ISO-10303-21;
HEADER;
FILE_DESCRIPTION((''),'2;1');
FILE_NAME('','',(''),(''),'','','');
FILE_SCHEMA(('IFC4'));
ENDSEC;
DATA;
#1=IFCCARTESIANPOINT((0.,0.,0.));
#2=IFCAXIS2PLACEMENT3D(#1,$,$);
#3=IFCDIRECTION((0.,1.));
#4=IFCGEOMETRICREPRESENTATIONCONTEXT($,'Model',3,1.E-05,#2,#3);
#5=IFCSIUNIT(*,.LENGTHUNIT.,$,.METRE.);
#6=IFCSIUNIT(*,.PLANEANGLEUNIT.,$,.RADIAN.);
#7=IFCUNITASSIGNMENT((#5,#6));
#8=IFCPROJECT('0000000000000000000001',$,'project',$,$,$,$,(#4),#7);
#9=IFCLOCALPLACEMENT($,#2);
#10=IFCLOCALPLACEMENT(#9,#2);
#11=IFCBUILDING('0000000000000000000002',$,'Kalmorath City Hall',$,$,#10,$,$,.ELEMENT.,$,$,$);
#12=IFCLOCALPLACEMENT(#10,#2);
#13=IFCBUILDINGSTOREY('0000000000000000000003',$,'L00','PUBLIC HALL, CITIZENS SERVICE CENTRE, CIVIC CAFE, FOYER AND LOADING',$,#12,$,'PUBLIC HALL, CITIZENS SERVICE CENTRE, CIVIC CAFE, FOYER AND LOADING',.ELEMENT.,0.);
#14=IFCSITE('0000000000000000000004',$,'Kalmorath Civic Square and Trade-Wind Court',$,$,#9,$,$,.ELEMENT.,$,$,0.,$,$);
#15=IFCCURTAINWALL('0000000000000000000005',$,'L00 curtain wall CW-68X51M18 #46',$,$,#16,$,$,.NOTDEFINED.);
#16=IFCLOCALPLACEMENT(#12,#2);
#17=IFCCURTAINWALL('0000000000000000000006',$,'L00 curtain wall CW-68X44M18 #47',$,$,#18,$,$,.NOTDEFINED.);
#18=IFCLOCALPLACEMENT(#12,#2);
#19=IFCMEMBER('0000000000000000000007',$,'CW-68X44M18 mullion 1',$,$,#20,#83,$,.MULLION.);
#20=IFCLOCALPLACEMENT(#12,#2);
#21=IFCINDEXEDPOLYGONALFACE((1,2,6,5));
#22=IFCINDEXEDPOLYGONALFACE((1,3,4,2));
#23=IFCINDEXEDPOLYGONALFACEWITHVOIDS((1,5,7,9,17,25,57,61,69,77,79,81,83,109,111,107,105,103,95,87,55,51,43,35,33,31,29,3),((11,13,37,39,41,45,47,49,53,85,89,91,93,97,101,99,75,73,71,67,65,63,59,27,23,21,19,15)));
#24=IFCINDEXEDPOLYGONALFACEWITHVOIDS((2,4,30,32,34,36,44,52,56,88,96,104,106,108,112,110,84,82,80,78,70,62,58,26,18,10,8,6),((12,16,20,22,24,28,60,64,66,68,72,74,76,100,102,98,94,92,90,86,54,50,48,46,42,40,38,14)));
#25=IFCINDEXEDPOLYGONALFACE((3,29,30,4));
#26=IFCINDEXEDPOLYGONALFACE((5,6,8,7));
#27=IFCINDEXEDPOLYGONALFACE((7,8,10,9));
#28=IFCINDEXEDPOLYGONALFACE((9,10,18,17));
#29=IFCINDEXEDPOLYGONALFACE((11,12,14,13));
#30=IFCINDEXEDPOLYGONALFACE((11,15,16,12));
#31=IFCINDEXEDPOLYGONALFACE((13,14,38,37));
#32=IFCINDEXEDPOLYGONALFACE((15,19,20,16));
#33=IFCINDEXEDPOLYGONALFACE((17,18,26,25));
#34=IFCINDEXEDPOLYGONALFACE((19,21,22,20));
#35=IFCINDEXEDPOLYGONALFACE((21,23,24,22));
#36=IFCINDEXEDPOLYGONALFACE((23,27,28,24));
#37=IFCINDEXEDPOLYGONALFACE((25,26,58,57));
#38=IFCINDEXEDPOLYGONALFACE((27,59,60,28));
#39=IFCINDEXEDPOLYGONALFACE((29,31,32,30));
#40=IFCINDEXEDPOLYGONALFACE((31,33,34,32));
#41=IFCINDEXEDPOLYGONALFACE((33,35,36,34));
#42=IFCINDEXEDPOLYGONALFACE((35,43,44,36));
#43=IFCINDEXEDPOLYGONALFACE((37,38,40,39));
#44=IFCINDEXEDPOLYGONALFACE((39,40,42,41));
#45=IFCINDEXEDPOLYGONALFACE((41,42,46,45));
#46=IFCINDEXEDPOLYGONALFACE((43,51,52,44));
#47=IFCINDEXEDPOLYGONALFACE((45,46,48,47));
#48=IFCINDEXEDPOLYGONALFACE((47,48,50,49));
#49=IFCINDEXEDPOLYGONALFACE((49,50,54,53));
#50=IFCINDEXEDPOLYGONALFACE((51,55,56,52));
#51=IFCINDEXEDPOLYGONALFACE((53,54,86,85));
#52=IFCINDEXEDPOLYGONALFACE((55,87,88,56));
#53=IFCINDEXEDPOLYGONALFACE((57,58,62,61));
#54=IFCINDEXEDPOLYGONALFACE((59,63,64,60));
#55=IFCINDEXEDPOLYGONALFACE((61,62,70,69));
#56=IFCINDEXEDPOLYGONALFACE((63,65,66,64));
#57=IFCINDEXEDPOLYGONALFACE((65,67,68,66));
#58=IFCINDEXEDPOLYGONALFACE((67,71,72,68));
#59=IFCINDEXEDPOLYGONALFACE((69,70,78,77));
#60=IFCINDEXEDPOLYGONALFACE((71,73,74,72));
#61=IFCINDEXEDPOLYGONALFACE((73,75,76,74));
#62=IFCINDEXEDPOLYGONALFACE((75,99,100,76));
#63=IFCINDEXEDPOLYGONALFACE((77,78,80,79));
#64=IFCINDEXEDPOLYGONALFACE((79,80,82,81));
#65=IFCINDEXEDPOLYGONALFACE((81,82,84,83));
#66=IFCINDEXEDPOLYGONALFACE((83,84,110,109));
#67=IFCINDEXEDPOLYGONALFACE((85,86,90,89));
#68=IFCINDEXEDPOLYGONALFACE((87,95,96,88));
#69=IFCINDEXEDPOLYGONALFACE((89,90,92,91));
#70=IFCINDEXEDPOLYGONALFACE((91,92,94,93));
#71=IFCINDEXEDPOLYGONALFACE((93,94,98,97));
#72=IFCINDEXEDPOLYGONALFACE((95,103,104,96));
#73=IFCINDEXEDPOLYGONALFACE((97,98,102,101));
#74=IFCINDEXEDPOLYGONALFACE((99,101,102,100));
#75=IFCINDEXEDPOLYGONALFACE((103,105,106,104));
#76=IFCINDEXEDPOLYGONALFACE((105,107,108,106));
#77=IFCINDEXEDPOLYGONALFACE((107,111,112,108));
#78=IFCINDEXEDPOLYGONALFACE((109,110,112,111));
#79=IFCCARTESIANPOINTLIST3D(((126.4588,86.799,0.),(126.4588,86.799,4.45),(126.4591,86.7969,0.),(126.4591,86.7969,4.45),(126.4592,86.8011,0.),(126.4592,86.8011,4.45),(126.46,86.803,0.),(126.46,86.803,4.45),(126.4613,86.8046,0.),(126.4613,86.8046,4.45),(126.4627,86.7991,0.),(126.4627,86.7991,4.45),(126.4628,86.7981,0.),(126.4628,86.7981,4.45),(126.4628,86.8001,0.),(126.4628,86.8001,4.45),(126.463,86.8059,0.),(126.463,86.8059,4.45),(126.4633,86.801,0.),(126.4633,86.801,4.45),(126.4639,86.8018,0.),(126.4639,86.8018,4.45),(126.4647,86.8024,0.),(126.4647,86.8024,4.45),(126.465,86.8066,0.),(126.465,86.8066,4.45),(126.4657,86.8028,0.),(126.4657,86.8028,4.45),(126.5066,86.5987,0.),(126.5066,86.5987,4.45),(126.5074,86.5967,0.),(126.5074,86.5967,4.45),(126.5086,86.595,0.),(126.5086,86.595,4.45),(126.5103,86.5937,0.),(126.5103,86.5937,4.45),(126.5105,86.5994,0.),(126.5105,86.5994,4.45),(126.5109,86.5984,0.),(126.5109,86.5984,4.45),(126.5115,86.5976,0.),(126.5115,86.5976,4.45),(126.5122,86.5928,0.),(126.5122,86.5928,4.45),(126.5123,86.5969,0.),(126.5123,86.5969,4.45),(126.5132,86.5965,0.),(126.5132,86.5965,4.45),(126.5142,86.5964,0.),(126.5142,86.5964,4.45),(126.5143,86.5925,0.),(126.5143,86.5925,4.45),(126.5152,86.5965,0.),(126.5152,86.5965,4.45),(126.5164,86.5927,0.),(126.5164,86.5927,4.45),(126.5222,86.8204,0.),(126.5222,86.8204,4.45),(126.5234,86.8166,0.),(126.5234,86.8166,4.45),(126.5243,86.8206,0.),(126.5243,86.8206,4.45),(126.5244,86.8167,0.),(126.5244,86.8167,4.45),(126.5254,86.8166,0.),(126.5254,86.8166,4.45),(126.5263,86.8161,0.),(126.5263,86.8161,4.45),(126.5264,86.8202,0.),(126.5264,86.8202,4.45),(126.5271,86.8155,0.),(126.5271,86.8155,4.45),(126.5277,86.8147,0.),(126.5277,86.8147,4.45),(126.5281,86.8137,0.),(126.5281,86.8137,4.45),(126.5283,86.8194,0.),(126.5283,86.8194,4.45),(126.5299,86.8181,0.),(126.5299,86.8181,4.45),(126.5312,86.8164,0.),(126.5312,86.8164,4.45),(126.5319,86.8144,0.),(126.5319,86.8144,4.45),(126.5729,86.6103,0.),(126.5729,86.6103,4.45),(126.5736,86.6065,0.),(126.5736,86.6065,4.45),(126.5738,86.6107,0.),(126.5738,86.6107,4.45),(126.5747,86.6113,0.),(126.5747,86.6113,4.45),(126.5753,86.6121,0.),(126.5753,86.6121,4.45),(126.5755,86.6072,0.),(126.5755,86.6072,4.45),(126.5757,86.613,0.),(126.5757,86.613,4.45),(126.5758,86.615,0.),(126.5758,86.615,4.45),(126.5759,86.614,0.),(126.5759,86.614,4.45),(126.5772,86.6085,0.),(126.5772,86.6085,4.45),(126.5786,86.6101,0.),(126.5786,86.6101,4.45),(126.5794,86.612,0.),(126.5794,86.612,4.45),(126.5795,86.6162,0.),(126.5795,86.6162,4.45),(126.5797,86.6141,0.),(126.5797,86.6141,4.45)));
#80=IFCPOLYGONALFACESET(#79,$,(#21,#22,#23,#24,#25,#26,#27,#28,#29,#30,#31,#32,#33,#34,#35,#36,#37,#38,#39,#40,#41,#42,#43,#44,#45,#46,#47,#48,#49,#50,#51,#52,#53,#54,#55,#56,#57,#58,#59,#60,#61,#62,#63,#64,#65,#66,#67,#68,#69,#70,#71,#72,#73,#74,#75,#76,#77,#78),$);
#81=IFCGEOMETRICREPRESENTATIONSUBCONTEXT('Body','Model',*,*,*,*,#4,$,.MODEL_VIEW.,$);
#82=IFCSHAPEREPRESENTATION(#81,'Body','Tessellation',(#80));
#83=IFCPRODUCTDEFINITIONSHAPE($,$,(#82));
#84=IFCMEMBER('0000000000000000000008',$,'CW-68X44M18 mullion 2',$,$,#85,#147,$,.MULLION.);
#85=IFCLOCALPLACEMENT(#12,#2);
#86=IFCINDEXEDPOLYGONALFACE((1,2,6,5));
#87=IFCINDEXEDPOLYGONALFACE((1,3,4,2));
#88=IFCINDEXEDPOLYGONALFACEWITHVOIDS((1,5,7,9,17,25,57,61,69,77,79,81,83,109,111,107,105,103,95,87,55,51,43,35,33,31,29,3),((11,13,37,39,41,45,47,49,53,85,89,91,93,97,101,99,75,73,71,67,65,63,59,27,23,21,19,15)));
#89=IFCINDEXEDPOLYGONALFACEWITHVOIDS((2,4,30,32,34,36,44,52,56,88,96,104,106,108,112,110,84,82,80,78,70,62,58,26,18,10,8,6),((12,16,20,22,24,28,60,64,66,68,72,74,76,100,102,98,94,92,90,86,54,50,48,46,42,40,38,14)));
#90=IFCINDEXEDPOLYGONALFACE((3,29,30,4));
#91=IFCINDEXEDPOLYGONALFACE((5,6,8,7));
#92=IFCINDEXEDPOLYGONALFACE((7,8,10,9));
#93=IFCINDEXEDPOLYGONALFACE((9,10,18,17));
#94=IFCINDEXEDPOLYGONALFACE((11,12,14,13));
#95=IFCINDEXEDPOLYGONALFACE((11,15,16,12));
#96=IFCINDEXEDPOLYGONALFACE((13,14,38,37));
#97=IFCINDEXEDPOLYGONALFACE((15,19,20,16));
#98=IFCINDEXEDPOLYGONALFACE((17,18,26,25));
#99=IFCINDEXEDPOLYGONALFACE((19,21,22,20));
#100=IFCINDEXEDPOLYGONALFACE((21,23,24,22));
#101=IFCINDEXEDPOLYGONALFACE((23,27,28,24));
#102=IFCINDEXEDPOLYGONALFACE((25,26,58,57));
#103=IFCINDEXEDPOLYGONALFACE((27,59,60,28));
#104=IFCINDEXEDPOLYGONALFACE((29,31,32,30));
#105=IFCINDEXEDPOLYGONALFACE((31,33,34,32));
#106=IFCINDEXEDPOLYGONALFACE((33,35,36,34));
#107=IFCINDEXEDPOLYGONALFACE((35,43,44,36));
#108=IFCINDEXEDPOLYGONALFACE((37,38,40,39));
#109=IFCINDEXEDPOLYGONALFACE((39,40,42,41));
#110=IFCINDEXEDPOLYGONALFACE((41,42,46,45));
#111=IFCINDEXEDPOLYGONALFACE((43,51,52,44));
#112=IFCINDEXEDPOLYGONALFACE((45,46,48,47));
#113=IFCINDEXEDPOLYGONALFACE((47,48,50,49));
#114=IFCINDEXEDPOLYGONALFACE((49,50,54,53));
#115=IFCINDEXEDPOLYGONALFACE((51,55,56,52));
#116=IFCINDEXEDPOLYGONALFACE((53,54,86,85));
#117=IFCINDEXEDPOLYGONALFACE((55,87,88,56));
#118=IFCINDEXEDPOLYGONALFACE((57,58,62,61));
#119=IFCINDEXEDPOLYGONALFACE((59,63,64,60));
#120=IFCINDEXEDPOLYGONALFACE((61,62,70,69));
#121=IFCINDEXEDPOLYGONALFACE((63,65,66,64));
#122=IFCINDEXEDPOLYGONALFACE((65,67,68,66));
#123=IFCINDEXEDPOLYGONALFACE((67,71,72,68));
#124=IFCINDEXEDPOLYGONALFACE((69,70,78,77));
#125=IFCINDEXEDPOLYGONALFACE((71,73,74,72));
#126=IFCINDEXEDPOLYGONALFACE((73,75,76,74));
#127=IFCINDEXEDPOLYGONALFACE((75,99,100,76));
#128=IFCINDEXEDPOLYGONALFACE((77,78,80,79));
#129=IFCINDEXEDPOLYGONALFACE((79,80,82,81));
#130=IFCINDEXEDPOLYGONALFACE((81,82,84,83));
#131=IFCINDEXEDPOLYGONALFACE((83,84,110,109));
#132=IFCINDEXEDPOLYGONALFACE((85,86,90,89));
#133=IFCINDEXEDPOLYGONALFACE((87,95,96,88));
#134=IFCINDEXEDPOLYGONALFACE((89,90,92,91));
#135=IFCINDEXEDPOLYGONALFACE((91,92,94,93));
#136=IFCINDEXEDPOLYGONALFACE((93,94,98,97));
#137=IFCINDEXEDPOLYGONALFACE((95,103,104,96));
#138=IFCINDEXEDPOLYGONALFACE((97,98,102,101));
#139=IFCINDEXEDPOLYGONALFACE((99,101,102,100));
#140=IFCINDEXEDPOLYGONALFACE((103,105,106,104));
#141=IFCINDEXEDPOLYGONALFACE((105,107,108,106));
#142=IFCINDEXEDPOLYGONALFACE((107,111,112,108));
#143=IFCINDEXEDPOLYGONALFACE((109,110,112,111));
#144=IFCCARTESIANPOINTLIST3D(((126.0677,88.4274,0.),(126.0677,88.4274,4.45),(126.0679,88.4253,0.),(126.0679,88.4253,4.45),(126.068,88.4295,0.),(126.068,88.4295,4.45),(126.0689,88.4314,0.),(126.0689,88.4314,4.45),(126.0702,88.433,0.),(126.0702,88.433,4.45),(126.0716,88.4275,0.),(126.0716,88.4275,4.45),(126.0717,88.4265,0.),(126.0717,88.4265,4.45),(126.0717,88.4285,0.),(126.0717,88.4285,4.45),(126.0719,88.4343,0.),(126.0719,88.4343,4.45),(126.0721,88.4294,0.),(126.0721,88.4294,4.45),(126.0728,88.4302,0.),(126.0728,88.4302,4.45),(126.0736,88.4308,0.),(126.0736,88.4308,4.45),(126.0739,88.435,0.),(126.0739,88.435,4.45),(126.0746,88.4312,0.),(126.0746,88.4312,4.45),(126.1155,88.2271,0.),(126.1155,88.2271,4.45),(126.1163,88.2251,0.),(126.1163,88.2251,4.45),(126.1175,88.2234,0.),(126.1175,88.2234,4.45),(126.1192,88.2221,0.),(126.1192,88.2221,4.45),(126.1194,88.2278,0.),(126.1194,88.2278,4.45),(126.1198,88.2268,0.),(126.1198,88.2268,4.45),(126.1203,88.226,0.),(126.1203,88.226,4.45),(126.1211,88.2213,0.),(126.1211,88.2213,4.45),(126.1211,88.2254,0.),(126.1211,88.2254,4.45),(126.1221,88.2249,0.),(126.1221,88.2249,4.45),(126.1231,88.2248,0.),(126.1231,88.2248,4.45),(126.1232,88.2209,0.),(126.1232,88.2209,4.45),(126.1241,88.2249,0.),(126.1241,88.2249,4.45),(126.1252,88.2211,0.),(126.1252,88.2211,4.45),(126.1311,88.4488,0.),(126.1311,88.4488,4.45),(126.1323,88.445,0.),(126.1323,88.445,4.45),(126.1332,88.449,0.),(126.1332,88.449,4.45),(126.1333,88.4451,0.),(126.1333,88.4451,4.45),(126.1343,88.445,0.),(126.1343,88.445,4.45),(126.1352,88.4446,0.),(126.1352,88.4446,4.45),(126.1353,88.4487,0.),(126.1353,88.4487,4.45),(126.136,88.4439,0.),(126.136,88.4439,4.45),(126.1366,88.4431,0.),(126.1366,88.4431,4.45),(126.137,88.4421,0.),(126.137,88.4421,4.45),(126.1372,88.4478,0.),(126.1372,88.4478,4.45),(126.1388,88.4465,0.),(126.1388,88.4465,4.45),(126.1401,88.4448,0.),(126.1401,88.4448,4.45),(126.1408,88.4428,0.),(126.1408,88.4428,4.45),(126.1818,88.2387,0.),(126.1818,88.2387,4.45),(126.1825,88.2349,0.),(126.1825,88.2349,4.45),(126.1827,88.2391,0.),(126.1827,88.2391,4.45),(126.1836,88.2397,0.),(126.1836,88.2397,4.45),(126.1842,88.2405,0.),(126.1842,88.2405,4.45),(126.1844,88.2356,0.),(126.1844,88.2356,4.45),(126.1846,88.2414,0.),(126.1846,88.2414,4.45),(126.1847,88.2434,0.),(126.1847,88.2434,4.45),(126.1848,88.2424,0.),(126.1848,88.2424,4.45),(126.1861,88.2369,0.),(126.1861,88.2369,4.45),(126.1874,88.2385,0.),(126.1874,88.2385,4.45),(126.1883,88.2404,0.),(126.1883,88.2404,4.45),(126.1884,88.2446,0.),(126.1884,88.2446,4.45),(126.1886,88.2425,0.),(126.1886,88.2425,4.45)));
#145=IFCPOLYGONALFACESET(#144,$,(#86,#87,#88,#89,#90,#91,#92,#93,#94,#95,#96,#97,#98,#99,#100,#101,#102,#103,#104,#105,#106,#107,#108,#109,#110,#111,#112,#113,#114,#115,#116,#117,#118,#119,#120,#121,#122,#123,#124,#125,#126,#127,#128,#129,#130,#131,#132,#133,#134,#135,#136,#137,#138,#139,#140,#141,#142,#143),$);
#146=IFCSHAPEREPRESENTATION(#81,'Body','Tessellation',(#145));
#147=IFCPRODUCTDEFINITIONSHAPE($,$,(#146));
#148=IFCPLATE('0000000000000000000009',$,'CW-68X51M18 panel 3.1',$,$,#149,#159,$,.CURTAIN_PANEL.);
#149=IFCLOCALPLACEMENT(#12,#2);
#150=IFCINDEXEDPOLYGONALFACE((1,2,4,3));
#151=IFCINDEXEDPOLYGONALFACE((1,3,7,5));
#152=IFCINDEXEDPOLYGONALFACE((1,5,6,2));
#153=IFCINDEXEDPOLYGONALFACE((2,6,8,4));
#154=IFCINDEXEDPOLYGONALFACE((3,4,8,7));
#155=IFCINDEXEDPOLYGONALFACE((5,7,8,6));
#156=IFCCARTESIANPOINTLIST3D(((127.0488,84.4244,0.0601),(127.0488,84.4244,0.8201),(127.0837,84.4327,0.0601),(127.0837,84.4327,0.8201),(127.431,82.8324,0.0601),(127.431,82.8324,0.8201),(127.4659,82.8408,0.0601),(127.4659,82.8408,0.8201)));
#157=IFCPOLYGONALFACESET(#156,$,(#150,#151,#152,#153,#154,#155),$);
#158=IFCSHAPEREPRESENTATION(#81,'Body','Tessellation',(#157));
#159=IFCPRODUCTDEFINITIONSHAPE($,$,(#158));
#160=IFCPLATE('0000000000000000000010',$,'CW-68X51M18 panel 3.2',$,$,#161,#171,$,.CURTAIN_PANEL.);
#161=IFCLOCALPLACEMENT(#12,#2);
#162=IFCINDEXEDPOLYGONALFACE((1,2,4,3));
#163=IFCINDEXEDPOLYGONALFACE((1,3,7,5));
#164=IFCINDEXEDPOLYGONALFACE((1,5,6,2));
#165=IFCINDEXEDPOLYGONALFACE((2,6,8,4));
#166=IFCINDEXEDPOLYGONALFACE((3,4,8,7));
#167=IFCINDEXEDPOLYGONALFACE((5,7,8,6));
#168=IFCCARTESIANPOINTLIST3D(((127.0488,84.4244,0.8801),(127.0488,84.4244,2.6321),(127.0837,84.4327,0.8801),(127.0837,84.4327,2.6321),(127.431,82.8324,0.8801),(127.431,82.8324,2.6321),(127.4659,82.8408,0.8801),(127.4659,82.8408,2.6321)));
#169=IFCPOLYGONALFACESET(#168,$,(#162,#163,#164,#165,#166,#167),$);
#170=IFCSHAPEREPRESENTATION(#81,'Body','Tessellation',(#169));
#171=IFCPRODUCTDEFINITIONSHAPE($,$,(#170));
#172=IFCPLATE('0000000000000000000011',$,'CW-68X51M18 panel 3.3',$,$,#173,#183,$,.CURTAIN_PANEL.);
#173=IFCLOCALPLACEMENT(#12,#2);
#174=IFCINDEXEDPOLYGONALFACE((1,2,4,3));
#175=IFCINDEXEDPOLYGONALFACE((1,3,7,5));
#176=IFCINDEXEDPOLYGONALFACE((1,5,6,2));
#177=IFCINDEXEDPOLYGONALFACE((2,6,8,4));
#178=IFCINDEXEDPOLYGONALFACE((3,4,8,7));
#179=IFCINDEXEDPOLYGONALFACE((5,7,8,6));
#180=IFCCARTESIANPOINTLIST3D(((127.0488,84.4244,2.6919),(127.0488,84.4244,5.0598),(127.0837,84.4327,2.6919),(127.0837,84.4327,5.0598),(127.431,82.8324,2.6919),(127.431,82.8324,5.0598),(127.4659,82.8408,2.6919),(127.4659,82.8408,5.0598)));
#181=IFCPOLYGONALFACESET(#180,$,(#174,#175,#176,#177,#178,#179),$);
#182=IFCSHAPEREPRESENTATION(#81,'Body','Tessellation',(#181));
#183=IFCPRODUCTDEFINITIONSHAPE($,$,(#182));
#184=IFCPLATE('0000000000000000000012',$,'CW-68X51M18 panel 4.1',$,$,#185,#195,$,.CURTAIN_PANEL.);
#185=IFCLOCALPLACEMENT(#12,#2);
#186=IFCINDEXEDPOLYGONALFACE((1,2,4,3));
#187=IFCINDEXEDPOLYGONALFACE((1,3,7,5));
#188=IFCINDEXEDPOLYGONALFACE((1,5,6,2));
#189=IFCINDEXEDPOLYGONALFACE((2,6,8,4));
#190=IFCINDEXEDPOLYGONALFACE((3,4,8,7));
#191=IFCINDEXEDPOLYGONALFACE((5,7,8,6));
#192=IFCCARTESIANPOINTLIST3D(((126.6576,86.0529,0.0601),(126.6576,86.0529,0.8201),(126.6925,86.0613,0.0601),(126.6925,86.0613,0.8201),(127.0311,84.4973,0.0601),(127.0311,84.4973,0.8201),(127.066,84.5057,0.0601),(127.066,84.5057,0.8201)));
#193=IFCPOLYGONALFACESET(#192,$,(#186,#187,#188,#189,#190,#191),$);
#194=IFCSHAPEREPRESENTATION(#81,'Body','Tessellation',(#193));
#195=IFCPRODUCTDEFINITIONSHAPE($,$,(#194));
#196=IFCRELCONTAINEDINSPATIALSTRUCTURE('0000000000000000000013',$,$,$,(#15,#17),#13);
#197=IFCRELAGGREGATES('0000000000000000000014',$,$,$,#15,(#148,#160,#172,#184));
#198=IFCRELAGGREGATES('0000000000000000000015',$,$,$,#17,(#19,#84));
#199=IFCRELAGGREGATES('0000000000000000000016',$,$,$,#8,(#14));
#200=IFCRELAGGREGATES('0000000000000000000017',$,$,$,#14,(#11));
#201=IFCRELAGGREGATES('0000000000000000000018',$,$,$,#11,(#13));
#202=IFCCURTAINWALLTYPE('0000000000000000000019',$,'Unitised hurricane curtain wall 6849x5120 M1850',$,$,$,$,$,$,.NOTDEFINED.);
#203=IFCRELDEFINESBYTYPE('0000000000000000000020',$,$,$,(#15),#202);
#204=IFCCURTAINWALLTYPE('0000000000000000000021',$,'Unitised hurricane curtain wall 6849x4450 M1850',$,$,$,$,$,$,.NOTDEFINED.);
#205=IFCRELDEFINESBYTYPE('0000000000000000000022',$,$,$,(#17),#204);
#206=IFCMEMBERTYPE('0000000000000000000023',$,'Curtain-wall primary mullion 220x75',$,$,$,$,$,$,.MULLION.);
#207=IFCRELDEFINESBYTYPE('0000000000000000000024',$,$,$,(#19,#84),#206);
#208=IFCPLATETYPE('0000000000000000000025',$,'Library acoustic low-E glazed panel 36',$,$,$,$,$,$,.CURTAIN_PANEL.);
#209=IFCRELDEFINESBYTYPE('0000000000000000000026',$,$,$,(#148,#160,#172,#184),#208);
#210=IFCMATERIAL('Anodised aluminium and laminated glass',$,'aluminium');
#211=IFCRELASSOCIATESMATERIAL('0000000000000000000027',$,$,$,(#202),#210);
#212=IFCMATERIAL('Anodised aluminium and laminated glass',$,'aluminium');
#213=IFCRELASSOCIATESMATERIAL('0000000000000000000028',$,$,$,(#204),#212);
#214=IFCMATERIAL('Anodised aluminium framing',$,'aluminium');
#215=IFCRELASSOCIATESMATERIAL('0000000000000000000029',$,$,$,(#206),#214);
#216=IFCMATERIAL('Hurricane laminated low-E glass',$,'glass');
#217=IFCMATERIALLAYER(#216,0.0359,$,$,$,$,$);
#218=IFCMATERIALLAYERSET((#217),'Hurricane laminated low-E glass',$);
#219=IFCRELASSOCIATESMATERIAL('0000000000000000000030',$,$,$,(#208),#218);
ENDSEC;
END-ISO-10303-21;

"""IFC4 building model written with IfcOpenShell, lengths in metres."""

from ifc_helpers import new_model, si_unit, direction, frame, origin, origin_2d, place, context, subcontext, project, spatial, rectangle, hollow_rectangle, extrude, material, layer, layer_set, material_profile, profile_set, type_object, element, aggregate, save


model = new_model("IFC4")

# Units and contexts
model_context = context("Model", 3, precision=1e-05, world=origin(), true_north=direction((0.0, 1.0)))
body_context = subcontext(model_context, "Body", "Model", "MODEL_VIEW")
ifc_project = project(units=[si_unit("LENGTHUNIT", "METRE"), si_unit("PLANEANGLEUNIT", "RADIAN")], contexts=[model_context])

# Site, building, storey
site_placement = place(None, origin())
site = spatial("IfcSite", under=ifc_project, at=site_placement, Name="Kalmorath Civic Square and Trade-Wind Court", CompositionType="ELEMENT", RefElevation=0.0)
building_placement = place(site_placement, origin())
building = spatial("IfcBuilding", under=site, at=building_placement, Name="Kalmorath City Hall", CompositionType="ELEMENT")
storey_placement = place(building_placement, origin())
storey = spatial("IfcBuildingStorey", under=building, at=storey_placement, Name="L00", Description="PUBLIC HALL, CITIZENS SERVICE CENTRE, CIVIC CAFE, FOYER AND LOADING", LongName="PUBLIC HALL, CITIZENS SERVICE CENTRE, CIVIC CAFE, FOYER AND LOADING", CompositionType="ELEMENT", Elevation=0.0)

# Curtain walls
ifc_material_1 = material(Name="Anodised aluminium and laminated glass", Category="aluminium")
curtain_wall_type_1 = type_object("IfcCurtainWallType", Name="Unitised hurricane curtain wall 6849x5120 M1850", PredefinedType="NOTDEFINED", material=ifc_material_1)
curtain_wall_1_placement = place(storey_placement, origin())
curtain_wall_1 = element("IfcCurtainWall", 1, at=curtain_wall_1_placement, inside=storey, type_object=curtain_wall_type_1, Name="L00 curtain wall CW-68X51M18 #46", PredefinedType="NOTDEFINED")
ifc_material_2 = material(Name="Anodised aluminium and laminated glass", Category="aluminium")
curtain_wall_type_2 = type_object("IfcCurtainWallType", Name="Unitised hurricane curtain wall 6849x4450 M1850", PredefinedType="NOTDEFINED", material=ifc_material_2)
curtain_wall_2_placement = place(storey_placement, origin())
curtain_wall_2 = element("IfcCurtainWall", 2, at=curtain_wall_2_placement, inside=storey, type_object=curtain_wall_type_2, Name="L00 curtain wall CW-68X44M18 #47", PredefinedType="NOTDEFINED")

# Members
ifc_material_3 = material(Name="Anodised aluminium framing", Category="aluminium")
ifc_material_profile_1 = material_profile(ifc_material_3, hollow_rectangle(XDim=0.075, YDim=0.22, WallThickness=0.0039, InnerFilletRadius=0.0039, OuterFilletRadius=0.0081, at=origin_2d()), Name="ALU-MUL-220X75X4")
ifc_profile_set_1 = profile_set([ifc_material_profile_1], Name="Anodised aluminium framing")
member_type_1 = type_object("IfcMemberType", Name="Curtain-wall primary mullion 220x75", PredefinedType="MULLION", material=ifc_profile_set_1)
member_1_placement = place(storey_placement, frame((126.5193, 86.7065, 0.0), z_axis=(0.0, 0.0, 1.0), x_axis=(-0.972367, -0.233456, 0.0)))
member_1 = element("IfcMember", 3, at=member_1_placement, type_object=member_type_1, Name="CW-68X44M18 mullion 1", PredefinedType="MULLION", context=body_context, shape_type="SweptSolid", body=[
    extrude(hollow_rectangle(XDim=0.075, YDim=0.22, WallThickness=0.0039, InnerFilletRadius=0.0039, OuterFilletRadius=0.0081, at=origin_2d()), origin(), (0.0, 0.0, 1.0), 4.45),
])
member_2_placement = place(storey_placement, frame((126.1282, 88.335, 0.0), z_axis=(0.0, 0.0, 1.0), x_axis=(-0.972367, -0.233456, 0.0)))
member_2 = element("IfcMember", 4, at=member_2_placement, type_object=member_type_1, Name="CW-68X44M18 mullion 2", PredefinedType="MULLION", context=body_context, shape_type="SweptSolid", body=[
    extrude(hollow_rectangle(XDim=0.075, YDim=0.22, WallThickness=0.0039, InnerFilletRadius=0.0039, OuterFilletRadius=0.0081, at=origin_2d()), origin(), (0.0, 0.0, 1.0), 4.45),
])

# Plates
ifc_material_4 = material(Name="Hurricane laminated low-E glass", Category="glass")
ifc_layer_1 = layer(ifc_material_4, 0.0359)
ifc_layer_set_1 = layer_set([ifc_layer_1], Name="Hurricane laminated low-E glass")
plate_type = type_object("IfcPlateType", Name="Library acoustic low-E glazed panel 36", PredefinedType="CURTAIN_PANEL", material=ifc_layer_set_1)
plate_1_placement = place(storey_placement, frame((127.2573, 83.6326, 0.0601), z_axis=(0.0, 0.0, 1.0), x_axis=(-0.233456, 0.972367, 0.0)))
plate_1 = element("IfcPlate", 5, at=plate_1_placement, type_object=plate_type, Name="CW-68X51M18 panel 3.1", PredefinedType="CURTAIN_PANEL", context=body_context, shape_type="SweptSolid", body=[
    extrude(rectangle(XDim=1.6372, YDim=0.0359, at=origin_2d()), origin(), (0.0, 0.0, 1.0), 0.76),
])
plate_2_placement = place(storey_placement, frame((127.2573, 83.6326, 0.8801), z_axis=(0.0, 0.0, 1.0), x_axis=(-0.233456, 0.972367, 0.0)))
plate_2 = element("IfcPlate", 6, at=plate_2_placement, type_object=plate_type, Name="CW-68X51M18 panel 3.2", PredefinedType="CURTAIN_PANEL", context=body_context, shape_type="SweptSolid", body=[
    extrude(rectangle(XDim=1.6372, YDim=0.0359, at=origin_2d()), origin(), (0.0, 0.0, 1.0), 1.752),
])
plate_3_placement = place(storey_placement, frame((127.2573, 83.6326, 2.6919), z_axis=(0.0, 0.0, 1.0), x_axis=(-0.233456, 0.972367, 0.0)))
plate_3 = element("IfcPlate", 7, at=plate_3_placement, type_object=plate_type, Name="CW-68X51M18 panel 3.3", PredefinedType="CURTAIN_PANEL", context=body_context, shape_type="SweptSolid", body=[
    extrude(rectangle(XDim=1.6372, YDim=0.0359, at=origin_2d()), origin(), (0.0, 0.0, 1.0), 2.3679),
])
plate_4_placement = place(storey_placement, frame((126.8618, 85.2793, 0.0601), z_axis=(0.0, 0.0, 1.0), x_axis=(-0.233456, 0.972367, 0.0)))
plate_4 = element("IfcPlate", 8, at=plate_4_placement, type_object=plate_type, Name="CW-68X51M18 panel 4.1", PredefinedType="CURTAIN_PANEL", context=body_context, shape_type="SweptSolid", body=[
    extrude(rectangle(XDim=1.5999, YDim=0.0359, at=origin_2d()), origin(), (0.0, 0.0, 1.0), 0.76),
])
aggregate(curtain_wall_1, [plate_1, plate_2, plate_3, plate_4])
aggregate(curtain_wall_2, [member_1, member_2])

save(model, "model.ifc")
